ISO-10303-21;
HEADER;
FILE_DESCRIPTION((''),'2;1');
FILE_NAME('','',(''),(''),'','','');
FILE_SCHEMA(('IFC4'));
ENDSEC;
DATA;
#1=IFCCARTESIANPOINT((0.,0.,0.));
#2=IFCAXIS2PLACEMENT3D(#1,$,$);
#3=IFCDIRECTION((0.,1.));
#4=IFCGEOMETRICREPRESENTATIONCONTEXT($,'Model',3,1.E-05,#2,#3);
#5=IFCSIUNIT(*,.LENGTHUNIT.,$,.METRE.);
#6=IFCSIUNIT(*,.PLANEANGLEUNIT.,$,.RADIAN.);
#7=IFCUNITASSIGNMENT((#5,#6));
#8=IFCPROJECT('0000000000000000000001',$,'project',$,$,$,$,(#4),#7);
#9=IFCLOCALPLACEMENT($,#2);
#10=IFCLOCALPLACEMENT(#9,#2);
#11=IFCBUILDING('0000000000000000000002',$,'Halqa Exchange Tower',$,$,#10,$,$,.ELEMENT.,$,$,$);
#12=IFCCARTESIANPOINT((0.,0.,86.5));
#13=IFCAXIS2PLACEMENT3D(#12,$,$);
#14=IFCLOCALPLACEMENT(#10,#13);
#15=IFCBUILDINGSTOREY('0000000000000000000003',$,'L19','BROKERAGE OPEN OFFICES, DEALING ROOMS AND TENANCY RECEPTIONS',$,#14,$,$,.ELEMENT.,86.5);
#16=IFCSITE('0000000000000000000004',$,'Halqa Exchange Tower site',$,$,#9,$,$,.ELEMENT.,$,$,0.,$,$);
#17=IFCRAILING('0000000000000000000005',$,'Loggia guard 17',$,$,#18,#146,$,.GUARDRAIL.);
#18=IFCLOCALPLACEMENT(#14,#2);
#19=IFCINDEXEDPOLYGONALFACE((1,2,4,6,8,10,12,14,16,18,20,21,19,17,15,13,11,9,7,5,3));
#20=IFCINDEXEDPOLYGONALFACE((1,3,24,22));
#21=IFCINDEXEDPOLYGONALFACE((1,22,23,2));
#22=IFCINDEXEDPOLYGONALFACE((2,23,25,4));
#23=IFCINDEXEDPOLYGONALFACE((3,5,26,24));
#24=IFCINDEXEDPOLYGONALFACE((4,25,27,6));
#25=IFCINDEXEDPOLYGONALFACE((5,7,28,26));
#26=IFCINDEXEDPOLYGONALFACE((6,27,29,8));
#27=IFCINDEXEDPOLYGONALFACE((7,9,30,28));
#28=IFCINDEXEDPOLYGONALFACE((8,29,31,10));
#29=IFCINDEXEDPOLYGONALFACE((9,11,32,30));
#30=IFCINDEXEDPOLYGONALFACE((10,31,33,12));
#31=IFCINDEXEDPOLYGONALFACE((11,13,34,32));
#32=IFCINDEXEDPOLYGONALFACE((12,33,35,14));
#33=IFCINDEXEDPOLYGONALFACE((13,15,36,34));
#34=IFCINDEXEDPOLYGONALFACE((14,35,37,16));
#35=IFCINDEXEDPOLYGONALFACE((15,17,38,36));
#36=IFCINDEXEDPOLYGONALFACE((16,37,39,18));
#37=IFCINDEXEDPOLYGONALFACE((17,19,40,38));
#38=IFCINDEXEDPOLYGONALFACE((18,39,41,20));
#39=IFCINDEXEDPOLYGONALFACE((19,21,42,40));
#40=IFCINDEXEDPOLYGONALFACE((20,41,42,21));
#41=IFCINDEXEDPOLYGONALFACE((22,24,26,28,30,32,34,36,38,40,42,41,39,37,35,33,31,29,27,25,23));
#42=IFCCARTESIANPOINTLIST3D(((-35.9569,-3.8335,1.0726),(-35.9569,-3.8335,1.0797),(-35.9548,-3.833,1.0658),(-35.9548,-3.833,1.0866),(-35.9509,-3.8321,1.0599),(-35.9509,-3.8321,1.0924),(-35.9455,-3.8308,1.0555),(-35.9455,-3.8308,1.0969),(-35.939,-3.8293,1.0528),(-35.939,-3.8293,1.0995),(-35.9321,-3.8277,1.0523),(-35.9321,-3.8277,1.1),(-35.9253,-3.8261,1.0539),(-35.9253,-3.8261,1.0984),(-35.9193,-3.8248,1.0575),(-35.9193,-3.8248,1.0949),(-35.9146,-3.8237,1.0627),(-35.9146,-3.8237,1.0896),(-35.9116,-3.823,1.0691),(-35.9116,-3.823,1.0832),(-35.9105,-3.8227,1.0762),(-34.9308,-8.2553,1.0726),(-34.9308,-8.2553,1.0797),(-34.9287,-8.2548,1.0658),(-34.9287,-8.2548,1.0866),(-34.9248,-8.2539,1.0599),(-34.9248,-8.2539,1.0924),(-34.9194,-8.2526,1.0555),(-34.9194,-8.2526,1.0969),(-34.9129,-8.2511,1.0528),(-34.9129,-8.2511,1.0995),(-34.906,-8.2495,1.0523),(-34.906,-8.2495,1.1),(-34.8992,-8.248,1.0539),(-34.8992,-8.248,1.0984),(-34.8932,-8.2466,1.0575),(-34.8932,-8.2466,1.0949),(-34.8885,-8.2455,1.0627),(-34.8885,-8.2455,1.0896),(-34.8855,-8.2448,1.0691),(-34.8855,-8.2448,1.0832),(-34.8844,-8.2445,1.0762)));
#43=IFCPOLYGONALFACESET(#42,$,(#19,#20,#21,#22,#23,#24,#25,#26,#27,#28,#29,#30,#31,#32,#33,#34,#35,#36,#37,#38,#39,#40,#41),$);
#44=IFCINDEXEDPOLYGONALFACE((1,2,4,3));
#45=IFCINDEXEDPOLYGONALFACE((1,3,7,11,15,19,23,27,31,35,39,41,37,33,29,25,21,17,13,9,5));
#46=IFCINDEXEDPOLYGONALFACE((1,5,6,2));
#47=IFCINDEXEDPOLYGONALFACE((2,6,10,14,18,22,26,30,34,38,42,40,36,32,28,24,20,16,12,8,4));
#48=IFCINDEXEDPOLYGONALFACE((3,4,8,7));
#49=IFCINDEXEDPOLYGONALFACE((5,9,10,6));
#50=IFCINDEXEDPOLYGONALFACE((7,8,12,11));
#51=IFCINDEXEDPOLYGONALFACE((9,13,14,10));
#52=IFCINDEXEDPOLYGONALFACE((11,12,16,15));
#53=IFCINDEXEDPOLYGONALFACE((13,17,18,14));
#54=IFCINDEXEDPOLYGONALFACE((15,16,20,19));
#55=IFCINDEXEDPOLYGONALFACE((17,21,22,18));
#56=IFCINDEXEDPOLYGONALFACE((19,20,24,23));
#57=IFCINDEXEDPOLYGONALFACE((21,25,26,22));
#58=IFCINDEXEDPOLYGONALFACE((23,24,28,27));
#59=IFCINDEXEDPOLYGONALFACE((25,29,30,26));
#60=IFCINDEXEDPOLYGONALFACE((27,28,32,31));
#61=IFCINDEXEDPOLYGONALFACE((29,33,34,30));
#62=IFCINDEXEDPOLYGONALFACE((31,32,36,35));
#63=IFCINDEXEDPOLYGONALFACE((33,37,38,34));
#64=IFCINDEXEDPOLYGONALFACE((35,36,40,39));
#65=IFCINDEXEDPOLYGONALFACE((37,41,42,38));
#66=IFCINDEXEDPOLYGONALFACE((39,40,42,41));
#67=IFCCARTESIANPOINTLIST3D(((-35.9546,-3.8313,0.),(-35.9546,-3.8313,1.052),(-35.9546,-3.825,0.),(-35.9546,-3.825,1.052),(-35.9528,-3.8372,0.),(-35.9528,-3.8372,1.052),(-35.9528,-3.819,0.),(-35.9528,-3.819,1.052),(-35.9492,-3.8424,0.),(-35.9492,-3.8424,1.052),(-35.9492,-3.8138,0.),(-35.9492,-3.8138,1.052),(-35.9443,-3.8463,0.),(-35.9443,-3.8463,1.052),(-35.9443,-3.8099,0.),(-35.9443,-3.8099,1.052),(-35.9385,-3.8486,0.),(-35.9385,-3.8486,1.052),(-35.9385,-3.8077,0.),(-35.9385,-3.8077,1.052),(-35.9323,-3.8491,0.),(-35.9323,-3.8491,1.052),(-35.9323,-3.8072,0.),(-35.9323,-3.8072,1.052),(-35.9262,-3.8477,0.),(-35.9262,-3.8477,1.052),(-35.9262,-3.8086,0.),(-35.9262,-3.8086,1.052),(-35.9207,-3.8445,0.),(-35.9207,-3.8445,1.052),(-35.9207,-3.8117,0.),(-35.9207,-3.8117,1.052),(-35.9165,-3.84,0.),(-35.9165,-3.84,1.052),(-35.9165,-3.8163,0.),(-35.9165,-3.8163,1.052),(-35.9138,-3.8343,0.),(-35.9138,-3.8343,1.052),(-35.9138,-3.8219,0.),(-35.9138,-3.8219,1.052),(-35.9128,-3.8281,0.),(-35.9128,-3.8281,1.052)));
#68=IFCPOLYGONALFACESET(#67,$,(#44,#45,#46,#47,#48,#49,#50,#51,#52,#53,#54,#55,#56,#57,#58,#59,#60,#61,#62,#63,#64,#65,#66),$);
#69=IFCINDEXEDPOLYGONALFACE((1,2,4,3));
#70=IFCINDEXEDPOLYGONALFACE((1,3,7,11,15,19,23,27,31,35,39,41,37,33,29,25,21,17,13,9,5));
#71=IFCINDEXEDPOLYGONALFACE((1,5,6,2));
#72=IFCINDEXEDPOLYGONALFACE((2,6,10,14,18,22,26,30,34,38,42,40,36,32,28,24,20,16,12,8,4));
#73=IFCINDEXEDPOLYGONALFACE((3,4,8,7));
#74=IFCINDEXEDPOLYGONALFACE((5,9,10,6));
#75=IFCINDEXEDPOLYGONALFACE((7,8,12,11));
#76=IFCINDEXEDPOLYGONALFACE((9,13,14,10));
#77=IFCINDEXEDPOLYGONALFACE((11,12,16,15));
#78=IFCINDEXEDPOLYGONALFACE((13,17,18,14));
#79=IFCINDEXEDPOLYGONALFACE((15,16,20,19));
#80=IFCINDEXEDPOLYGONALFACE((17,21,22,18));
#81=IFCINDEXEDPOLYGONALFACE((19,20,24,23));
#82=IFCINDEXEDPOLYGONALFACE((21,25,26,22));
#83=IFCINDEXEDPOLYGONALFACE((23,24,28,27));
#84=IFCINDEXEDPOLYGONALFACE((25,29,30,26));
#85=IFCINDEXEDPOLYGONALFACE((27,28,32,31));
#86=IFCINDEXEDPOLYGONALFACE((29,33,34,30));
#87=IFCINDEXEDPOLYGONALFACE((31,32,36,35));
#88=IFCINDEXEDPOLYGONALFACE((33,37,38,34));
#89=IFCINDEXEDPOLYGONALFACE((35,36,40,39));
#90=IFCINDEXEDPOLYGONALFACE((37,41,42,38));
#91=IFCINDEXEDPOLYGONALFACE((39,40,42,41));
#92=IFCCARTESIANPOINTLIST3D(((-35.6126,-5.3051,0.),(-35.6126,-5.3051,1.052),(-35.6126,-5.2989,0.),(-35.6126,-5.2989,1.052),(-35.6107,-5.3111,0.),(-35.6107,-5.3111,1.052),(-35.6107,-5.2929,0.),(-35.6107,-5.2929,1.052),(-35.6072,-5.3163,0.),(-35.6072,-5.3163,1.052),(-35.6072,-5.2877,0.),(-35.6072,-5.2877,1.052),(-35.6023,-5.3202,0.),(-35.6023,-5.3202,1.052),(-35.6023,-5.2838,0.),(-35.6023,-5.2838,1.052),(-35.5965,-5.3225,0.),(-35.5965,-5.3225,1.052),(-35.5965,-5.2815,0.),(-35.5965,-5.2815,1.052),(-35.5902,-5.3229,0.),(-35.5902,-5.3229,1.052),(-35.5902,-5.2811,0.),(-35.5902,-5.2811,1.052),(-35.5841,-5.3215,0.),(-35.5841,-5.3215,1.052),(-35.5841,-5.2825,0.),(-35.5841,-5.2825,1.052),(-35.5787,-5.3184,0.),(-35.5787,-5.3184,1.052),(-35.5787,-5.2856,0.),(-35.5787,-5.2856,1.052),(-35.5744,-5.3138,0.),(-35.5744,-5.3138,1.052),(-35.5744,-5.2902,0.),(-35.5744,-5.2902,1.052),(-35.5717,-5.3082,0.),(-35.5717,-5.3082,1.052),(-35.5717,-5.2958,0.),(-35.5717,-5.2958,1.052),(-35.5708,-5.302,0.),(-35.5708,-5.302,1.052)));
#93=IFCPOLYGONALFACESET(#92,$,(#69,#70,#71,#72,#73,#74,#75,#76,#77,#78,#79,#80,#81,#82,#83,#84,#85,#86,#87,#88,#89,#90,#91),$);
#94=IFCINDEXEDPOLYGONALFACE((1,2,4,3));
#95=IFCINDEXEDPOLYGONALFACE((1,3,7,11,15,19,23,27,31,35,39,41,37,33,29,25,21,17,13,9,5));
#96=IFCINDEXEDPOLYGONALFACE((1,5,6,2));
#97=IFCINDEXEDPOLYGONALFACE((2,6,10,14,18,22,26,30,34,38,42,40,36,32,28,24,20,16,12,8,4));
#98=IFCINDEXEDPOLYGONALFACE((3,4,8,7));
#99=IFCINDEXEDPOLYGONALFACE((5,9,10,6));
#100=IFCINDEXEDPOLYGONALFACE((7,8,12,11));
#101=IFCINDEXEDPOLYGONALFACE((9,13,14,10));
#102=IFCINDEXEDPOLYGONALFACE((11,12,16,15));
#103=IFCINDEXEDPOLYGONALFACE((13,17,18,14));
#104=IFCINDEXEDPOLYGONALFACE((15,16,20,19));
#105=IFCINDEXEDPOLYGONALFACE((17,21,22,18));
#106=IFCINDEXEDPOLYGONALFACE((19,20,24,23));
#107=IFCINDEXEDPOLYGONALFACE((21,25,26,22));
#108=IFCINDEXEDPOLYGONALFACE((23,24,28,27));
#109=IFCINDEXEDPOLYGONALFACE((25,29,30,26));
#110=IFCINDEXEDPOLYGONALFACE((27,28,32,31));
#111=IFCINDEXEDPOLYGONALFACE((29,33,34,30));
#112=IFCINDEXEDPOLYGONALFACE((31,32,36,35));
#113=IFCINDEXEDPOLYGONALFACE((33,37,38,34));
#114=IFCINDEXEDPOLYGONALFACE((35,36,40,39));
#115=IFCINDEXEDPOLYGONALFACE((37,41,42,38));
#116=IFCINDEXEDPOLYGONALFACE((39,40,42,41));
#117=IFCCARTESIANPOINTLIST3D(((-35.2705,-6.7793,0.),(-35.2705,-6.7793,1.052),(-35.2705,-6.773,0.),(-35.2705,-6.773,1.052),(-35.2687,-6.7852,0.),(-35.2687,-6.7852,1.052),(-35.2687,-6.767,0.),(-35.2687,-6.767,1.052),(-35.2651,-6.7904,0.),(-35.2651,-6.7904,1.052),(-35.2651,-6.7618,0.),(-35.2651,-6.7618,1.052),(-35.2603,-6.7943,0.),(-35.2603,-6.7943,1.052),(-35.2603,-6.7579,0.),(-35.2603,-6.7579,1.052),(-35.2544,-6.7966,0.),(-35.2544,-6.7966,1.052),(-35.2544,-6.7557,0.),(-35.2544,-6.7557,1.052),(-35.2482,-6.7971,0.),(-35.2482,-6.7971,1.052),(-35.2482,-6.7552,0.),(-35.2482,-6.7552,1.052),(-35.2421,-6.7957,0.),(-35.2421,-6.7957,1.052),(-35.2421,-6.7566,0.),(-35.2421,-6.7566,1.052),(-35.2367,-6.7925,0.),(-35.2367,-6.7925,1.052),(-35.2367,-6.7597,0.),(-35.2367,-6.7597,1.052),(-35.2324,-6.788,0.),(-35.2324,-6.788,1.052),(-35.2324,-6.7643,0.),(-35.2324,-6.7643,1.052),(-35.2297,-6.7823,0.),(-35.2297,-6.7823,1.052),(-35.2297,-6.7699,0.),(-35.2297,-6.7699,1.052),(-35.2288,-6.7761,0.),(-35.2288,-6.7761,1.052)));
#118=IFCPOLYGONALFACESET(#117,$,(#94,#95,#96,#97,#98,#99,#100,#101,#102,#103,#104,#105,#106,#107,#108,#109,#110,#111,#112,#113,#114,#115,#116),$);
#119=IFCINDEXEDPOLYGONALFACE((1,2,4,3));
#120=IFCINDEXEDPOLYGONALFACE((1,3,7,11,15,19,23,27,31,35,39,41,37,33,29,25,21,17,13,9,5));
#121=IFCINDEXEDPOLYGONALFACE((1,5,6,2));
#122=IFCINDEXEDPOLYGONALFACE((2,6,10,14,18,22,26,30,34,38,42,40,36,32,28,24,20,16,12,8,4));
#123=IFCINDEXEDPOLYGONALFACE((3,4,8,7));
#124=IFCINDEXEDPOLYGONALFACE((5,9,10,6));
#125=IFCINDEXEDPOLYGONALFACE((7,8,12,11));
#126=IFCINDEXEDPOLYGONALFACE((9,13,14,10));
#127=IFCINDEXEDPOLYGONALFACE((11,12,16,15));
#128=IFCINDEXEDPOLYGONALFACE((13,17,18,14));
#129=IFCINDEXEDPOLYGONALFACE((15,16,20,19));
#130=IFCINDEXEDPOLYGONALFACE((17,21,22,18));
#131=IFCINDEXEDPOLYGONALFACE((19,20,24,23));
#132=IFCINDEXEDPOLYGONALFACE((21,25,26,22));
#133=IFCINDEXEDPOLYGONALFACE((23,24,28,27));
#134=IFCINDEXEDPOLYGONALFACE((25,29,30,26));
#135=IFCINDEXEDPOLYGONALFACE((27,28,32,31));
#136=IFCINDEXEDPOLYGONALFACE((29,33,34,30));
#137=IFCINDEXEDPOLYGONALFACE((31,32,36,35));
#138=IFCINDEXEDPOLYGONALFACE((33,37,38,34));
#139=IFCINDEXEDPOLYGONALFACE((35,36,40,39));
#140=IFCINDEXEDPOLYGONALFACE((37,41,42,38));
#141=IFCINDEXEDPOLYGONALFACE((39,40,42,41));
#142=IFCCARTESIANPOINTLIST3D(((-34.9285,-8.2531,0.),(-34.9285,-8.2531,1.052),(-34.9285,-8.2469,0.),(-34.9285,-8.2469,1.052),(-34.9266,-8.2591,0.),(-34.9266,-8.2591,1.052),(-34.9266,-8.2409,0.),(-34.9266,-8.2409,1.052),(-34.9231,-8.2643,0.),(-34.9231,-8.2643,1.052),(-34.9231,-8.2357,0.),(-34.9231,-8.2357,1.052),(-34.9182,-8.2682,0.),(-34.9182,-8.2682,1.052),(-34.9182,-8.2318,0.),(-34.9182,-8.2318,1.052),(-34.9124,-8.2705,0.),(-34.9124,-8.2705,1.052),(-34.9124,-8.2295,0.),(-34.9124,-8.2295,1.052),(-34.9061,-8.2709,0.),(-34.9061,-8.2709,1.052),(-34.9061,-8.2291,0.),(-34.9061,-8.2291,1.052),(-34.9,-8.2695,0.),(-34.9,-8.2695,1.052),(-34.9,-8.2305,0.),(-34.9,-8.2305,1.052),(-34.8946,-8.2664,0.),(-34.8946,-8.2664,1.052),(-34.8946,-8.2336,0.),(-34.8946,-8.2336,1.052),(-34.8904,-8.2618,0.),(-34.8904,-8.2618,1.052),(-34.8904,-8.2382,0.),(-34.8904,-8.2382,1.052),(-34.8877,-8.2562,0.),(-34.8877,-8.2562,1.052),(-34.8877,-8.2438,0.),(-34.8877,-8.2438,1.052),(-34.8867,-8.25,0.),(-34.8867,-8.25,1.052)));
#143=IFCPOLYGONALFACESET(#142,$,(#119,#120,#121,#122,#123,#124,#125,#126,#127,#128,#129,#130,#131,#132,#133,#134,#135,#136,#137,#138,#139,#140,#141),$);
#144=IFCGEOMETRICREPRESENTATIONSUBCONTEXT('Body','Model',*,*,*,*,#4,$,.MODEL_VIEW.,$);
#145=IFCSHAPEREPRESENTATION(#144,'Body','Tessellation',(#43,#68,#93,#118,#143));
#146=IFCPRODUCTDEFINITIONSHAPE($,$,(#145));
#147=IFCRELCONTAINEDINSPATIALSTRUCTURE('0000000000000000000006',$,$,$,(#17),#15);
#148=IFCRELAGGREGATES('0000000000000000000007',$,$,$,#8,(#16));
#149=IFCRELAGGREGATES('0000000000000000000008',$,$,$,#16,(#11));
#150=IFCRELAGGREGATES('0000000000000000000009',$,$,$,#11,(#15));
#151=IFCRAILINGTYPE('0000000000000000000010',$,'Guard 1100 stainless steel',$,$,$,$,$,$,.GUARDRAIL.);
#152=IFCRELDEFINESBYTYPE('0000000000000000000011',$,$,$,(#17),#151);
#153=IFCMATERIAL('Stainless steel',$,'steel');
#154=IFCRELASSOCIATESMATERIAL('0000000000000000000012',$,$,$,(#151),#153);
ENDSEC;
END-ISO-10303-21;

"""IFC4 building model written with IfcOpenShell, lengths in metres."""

from ifc_helpers import new_model, si_unit, direction, frame, origin, origin_2d, place, context, subcontext, project, spatial, circle, extrude, material, type_object, element, save


model = new_model("IFC4")

# Units and contexts
model_context = context("Model", 3, precision=1e-05, world=origin(), true_north=direction((0.0, 1.0)))
body_context = subcontext(model_context, "Body", "Model", "MODEL_VIEW")
ifc_project = project(units=[si_unit("LENGTHUNIT", "METRE"), si_unit("PLANEANGLEUNIT", "RADIAN")], contexts=[model_context])

# Site, building, storey
site_placement = place(None, origin())
site = spatial("IfcSite", under=ifc_project, at=site_placement, Name="Halqa Exchange Tower site", CompositionType="ELEMENT", RefElevation=0.0)
building_placement = place(site_placement, origin())
building = spatial("IfcBuilding", under=site, at=building_placement, Name="Halqa Exchange Tower", CompositionType="ELEMENT")
storey_placement = place(building_placement, frame((0.0, 0.0, 86.5)))
storey = spatial("IfcBuildingStorey", under=building, at=storey_placement, Name="L19", Description="BROKERAGE OPEN OFFICES, DEALING ROOMS AND TENANCY RECEPTIONS", CompositionType="ELEMENT", Elevation=86.5)

# Railing
ifc_material_1 = material(Name="Stainless steel", Category="steel")
railing_type = type_object("IfcRailingType", Name="Guard 1100 stainless steel", PredefinedType="GUARDRAIL", material=ifc_material_1)
railing_1_placement = place(storey_placement, frame((-35.9338, -3.8281, 0.0)))
element("IfcRailing", 1, at=railing_1_placement, inside=storey, type_object=railing_type, Name="Loggia guard 17", PredefinedType="GUARDRAIL", context=body_context, shape_type="SweptSolid", body=[
    extrude(circle(Radius=0.0239, at=origin_2d()), frame((0.0, 0.0, 1.0762), z_axis=(0.22605, -0.974116, 0.0), x_axis=(0.974116, 0.22605, 0.0)), (0.0, 0.0, 1.0), 4.5393),
    extrude(circle(Radius=0.021, at=origin_2d()), origin(), (0.0, 0.0, 1.0), 1.052),
    extrude(circle(Radius=0.021, at=origin_2d()), frame((0.342, -1.4739, 0.0)), (0.0, 0.0, 1.0), 1.052),
    extrude(circle(Radius=0.021, at=origin_2d()), frame((0.6841, -2.948, 0.0)), (0.0, 0.0, 1.0), 1.052),
    extrude(circle(Radius=0.021, at=origin_2d()), frame((1.0261, -4.4219, 0.0)), (0.0, 0.0, 1.0), 1.052),
])

save(model, "model.ifc")
